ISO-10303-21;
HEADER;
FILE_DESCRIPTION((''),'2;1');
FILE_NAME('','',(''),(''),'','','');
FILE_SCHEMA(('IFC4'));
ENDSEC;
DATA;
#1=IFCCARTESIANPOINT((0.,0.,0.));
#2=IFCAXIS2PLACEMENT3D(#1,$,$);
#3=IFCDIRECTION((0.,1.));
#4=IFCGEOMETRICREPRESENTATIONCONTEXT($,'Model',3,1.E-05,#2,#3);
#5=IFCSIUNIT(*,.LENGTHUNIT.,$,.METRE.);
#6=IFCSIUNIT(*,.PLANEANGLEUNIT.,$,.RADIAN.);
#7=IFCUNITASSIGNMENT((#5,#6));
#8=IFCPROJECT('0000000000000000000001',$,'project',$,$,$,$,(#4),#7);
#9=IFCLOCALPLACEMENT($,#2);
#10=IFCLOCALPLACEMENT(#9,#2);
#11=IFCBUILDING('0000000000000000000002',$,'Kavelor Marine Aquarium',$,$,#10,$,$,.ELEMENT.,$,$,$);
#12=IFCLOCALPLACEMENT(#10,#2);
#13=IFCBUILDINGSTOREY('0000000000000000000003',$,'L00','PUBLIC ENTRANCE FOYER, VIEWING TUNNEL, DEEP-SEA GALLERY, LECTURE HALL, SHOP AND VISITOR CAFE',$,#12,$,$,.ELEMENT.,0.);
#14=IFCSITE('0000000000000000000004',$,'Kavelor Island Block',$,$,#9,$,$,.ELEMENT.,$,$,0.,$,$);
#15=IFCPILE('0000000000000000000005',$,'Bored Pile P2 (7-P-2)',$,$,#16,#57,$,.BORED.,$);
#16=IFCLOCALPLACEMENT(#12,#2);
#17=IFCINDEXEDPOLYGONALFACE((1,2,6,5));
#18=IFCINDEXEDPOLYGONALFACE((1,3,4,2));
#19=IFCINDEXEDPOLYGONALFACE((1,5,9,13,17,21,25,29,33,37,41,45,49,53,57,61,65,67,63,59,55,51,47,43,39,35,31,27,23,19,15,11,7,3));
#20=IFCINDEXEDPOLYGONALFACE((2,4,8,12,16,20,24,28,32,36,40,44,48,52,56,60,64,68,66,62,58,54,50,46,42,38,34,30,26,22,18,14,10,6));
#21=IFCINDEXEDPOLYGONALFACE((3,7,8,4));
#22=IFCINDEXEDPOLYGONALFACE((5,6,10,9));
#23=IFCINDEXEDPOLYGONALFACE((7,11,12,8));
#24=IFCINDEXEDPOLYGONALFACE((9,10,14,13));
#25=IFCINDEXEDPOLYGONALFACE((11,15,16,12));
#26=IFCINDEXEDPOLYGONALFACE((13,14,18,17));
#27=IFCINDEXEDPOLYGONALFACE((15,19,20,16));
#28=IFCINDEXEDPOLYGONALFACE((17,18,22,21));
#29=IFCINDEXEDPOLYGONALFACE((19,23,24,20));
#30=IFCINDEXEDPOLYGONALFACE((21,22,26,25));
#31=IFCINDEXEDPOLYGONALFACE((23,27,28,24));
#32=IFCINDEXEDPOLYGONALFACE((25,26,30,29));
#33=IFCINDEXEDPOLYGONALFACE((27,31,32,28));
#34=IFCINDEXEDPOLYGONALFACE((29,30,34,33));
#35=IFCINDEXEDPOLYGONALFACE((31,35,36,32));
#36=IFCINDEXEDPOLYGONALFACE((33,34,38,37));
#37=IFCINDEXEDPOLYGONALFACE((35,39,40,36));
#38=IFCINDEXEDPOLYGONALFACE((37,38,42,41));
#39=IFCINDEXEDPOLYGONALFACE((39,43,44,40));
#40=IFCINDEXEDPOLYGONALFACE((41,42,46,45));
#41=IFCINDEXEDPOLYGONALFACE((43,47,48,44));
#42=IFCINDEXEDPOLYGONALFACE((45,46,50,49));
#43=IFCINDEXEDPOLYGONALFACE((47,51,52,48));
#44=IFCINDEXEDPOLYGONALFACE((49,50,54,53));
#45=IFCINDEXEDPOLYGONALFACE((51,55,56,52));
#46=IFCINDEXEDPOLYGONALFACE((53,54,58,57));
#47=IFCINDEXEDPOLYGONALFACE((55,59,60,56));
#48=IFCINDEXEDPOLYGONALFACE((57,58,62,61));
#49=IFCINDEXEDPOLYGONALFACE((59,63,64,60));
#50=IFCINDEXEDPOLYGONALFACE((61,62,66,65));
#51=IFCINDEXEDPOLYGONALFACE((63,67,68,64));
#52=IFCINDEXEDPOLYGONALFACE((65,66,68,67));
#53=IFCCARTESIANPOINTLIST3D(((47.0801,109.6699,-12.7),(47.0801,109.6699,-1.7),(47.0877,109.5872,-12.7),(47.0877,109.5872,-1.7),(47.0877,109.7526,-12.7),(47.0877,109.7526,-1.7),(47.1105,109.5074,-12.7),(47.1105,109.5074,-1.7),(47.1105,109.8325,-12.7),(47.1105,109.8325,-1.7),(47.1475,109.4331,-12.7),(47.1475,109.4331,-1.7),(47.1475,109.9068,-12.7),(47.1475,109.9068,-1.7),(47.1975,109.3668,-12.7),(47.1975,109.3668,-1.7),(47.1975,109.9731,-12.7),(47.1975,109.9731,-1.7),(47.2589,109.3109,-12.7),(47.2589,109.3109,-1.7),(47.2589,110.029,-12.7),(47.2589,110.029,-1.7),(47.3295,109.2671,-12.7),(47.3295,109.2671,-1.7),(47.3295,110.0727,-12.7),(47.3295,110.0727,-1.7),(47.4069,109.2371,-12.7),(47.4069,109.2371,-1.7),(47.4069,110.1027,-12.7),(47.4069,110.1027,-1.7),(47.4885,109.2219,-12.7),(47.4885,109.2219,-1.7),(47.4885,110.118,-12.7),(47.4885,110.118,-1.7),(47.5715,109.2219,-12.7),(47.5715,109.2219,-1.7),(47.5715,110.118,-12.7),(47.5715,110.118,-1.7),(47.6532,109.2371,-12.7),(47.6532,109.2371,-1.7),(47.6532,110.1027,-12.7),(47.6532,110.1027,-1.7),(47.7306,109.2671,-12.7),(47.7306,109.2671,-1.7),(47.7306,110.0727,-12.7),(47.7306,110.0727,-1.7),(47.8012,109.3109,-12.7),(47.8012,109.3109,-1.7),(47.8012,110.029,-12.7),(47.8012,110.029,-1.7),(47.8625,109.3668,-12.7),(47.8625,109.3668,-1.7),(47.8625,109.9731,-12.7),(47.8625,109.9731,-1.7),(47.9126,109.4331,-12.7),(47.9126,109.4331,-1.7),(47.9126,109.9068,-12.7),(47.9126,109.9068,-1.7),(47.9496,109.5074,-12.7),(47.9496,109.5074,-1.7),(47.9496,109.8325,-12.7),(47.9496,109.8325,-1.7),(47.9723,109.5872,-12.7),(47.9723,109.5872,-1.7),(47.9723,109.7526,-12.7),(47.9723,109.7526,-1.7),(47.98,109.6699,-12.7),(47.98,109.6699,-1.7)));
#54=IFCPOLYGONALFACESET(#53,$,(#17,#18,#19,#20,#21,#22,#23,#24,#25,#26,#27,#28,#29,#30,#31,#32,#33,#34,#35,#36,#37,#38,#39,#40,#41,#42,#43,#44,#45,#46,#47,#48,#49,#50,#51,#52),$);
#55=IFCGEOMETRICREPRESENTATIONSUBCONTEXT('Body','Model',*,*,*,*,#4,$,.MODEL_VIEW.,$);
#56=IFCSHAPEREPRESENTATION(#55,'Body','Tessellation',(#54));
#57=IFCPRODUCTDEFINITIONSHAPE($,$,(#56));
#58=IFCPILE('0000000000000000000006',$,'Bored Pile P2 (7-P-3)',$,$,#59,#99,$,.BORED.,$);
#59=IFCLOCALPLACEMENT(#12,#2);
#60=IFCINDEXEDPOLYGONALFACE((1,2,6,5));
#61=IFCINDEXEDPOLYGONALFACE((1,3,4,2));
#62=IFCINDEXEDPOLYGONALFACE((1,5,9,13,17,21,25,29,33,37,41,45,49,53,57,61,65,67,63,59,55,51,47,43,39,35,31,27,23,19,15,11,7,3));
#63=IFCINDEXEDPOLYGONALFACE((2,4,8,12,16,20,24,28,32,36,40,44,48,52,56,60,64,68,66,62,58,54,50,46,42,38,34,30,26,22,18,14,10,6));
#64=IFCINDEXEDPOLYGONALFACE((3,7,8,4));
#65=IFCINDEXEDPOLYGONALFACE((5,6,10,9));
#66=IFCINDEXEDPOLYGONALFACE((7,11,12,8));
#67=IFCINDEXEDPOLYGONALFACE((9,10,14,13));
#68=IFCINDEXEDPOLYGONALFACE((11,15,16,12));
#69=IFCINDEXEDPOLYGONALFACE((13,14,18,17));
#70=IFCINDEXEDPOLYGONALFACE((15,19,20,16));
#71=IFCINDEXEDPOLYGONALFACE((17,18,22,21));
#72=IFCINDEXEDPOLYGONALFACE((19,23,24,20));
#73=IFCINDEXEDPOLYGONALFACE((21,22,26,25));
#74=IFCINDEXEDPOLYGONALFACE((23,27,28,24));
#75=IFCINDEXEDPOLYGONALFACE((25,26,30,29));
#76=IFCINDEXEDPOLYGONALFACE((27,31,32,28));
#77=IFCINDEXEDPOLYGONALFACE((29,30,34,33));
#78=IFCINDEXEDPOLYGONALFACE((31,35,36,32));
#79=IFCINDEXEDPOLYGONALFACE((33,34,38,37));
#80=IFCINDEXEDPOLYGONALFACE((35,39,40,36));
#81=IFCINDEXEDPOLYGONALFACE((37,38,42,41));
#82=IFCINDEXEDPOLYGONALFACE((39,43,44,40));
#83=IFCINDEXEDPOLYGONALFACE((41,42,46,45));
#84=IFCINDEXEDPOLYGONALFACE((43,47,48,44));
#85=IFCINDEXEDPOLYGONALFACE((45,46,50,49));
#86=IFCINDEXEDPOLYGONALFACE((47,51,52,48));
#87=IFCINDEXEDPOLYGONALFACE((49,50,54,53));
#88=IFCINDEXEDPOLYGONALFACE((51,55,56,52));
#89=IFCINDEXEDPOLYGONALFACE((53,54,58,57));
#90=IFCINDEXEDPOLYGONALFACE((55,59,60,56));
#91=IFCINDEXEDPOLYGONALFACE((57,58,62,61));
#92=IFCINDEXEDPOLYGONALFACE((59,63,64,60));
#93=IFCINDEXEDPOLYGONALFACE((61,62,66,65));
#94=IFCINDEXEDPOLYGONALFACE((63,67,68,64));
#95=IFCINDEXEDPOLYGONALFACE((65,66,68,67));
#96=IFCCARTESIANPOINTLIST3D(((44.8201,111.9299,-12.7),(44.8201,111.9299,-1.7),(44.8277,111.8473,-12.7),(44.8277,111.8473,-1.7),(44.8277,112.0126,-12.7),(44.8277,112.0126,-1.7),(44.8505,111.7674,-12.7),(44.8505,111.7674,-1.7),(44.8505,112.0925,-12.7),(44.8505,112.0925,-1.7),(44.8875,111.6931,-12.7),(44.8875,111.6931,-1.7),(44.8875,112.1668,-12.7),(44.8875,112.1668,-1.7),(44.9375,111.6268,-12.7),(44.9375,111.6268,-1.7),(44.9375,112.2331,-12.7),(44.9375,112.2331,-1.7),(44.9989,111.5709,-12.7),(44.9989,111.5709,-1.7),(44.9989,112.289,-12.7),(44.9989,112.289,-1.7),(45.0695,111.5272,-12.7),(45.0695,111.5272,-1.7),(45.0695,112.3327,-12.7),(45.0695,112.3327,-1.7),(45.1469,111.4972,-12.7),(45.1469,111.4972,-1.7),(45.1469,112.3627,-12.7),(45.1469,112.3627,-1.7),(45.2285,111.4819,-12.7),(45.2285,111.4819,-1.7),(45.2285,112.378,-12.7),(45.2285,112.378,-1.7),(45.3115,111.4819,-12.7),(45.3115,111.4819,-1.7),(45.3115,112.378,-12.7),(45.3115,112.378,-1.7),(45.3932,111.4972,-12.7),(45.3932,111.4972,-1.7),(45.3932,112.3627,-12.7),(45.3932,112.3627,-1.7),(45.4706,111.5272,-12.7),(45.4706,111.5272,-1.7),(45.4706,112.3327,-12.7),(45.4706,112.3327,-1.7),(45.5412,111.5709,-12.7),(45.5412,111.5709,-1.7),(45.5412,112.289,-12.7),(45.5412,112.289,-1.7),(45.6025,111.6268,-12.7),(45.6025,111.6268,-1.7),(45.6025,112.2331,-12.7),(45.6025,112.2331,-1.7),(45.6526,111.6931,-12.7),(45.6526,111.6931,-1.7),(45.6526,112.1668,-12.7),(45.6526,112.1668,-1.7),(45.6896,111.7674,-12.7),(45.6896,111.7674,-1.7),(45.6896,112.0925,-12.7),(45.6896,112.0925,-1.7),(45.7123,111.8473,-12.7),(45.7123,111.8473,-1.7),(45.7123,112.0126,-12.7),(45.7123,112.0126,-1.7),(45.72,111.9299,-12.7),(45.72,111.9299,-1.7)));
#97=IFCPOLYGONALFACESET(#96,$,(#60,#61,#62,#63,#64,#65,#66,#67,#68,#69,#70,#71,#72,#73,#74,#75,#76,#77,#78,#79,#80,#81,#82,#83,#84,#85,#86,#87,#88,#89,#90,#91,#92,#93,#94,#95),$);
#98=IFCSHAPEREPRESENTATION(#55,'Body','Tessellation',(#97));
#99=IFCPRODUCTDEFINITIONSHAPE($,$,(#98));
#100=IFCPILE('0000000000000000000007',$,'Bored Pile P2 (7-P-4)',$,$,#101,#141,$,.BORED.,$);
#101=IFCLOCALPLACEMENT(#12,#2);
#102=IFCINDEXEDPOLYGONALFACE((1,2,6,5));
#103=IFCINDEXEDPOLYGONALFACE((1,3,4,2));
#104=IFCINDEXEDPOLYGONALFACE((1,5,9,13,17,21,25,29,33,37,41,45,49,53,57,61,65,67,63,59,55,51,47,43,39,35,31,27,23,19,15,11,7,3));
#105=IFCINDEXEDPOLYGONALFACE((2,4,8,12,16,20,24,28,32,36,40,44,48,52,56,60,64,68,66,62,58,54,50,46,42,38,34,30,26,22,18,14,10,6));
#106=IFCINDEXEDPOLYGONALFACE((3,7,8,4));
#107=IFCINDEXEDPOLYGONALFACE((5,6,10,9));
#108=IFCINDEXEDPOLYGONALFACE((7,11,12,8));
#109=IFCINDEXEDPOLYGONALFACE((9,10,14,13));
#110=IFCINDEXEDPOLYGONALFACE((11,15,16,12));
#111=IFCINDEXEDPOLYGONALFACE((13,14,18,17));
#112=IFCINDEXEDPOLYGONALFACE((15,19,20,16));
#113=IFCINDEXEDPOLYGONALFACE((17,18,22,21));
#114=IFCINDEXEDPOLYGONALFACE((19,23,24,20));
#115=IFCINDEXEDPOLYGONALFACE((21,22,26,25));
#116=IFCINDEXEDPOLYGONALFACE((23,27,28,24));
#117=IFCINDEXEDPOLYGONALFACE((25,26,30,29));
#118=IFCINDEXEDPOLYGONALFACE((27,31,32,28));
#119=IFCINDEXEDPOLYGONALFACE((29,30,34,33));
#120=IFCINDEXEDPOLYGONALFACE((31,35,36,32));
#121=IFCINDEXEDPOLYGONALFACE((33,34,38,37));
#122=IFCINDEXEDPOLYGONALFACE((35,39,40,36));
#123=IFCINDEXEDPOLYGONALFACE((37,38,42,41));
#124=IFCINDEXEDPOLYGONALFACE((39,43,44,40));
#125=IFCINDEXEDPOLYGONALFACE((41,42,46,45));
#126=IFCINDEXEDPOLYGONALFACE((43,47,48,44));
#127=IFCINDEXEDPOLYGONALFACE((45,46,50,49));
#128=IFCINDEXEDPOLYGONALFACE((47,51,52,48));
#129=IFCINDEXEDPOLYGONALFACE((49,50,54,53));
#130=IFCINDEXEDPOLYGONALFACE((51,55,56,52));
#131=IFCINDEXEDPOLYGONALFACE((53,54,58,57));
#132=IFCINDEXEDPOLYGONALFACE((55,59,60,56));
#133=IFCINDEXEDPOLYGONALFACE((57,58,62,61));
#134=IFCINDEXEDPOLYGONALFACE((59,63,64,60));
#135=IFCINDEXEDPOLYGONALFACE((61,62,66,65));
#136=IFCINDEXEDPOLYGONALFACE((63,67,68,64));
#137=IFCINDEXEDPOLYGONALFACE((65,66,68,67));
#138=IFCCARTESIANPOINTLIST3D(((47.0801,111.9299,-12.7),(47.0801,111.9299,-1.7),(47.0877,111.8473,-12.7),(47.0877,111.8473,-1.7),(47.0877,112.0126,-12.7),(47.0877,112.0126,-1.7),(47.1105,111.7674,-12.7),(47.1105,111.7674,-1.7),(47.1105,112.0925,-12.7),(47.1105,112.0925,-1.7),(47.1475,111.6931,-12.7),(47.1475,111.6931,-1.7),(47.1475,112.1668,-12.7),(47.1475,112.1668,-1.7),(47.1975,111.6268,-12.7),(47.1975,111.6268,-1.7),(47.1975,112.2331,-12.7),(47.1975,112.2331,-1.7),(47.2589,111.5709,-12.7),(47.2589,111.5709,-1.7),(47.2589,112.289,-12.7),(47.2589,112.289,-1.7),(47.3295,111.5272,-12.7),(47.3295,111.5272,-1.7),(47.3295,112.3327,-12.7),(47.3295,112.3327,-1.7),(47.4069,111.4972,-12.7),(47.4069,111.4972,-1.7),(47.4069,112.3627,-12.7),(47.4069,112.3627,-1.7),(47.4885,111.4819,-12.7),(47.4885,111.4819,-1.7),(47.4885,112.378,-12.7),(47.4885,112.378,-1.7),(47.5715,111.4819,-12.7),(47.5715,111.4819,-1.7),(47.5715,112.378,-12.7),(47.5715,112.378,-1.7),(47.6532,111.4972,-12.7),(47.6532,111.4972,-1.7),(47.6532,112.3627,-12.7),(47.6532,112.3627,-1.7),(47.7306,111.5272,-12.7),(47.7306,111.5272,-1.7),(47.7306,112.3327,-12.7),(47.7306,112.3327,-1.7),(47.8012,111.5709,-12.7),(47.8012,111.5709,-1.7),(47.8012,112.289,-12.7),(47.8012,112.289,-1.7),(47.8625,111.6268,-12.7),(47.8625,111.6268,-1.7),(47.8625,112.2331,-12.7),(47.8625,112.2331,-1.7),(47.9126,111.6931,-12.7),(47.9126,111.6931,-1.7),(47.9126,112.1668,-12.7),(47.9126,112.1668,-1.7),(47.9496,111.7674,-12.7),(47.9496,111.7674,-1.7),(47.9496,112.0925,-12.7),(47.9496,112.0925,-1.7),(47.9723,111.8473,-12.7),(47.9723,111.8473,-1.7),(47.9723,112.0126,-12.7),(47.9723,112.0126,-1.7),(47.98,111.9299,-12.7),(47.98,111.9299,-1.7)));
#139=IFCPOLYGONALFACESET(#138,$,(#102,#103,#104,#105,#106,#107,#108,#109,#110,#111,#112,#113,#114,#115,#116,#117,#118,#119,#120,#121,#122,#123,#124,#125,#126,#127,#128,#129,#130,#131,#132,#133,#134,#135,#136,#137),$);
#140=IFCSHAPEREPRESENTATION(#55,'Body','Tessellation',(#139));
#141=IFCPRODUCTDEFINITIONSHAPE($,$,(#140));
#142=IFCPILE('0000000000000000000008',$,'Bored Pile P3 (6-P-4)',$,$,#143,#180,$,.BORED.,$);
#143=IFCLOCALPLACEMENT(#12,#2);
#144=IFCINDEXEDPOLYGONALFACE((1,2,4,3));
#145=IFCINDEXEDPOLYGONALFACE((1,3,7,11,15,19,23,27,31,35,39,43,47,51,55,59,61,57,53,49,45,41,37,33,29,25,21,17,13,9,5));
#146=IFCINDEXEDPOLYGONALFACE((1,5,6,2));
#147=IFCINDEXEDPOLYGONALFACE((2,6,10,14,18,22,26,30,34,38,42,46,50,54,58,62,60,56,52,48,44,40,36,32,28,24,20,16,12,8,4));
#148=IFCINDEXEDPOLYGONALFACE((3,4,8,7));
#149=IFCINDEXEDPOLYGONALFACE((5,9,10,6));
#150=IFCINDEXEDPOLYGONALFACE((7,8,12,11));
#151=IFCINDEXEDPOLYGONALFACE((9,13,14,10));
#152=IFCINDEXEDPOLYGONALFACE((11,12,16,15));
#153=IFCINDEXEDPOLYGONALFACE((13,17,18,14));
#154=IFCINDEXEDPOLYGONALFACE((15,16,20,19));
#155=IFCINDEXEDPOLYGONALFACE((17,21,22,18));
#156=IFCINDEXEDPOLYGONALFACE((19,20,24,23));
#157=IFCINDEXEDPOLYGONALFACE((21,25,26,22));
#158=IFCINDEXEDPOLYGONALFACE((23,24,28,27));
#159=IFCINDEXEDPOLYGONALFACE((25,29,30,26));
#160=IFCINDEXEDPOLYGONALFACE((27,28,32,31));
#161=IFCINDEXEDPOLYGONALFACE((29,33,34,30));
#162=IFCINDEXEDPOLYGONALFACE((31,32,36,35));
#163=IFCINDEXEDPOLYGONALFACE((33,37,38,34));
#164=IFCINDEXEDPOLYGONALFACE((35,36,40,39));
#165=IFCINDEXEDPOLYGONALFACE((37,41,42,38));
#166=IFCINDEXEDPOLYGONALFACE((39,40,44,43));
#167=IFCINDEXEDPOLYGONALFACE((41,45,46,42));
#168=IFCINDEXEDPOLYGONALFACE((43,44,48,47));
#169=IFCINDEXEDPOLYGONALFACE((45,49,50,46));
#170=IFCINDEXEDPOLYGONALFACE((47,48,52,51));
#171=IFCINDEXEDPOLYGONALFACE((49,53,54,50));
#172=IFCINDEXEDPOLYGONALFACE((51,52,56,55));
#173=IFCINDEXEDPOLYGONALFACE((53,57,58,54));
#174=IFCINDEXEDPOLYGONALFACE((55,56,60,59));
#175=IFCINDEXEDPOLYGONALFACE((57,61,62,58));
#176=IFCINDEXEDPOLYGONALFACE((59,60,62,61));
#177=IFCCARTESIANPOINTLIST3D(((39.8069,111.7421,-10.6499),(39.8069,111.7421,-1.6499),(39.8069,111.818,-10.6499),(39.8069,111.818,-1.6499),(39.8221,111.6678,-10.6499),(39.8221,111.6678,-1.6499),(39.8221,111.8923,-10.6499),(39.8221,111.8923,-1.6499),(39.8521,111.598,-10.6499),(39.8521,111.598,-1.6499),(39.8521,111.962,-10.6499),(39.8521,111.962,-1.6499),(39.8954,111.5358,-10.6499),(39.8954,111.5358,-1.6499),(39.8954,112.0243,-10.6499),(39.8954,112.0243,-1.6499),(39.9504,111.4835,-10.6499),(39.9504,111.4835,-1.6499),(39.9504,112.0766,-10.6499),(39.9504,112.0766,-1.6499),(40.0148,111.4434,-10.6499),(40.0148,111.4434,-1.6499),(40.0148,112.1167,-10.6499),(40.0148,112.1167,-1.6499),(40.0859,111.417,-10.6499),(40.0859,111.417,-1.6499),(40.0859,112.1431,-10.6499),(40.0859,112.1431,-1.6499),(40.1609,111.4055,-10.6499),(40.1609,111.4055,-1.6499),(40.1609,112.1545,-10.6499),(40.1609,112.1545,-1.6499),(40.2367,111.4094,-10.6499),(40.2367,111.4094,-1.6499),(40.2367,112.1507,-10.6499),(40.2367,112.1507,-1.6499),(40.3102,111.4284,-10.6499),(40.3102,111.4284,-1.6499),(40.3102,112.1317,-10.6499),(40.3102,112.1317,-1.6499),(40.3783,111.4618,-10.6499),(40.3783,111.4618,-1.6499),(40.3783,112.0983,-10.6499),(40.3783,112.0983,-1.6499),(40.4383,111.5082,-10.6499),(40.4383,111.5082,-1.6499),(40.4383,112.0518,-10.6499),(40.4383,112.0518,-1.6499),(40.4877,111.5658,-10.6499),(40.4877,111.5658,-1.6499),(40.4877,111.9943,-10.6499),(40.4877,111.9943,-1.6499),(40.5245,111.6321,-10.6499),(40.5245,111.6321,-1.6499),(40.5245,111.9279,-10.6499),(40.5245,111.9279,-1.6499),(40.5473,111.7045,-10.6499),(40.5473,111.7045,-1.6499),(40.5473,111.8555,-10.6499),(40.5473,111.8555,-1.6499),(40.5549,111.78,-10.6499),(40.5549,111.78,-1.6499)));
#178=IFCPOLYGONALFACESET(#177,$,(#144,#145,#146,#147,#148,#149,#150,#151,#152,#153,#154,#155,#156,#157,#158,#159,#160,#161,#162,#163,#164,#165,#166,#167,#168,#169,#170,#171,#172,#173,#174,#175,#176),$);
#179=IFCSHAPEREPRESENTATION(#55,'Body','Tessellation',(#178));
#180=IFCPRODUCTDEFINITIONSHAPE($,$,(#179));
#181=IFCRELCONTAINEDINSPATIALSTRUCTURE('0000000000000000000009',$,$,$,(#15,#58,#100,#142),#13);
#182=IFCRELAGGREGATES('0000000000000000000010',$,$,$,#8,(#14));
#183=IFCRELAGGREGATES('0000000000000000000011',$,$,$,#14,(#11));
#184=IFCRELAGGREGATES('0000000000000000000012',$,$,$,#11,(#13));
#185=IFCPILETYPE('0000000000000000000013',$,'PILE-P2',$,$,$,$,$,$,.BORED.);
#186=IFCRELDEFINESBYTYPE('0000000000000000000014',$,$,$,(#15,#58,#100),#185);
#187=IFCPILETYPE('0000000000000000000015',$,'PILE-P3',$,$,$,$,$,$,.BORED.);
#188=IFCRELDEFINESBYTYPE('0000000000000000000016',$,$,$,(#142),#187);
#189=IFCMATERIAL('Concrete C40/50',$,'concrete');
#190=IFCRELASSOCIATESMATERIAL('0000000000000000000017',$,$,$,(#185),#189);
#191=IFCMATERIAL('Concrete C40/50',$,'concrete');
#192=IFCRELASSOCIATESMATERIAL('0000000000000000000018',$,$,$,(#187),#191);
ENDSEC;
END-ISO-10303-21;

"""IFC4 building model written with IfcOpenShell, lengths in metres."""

from ifc_helpers import new_model, si_unit, direction, frame, origin, origin_2d, place, context, subcontext, project, spatial, circle, extrude, material, material_profile, profile_set, type_object, element, save


model = new_model("IFC4")

# Units and contexts
model_context = context("Model", 3, precision=1e-05, world=origin(), true_north=direction((0.0, 1.0)))
body_context = subcontext(model_context, "Body", "Model", "MODEL_VIEW")
ifc_project = project(units=[si_unit("LENGTHUNIT", "METRE"), si_unit("PLANEANGLEUNIT", "RADIAN")], contexts=[model_context])

# Site, building, storey
site_placement = place(None, origin())
site = spatial("IfcSite", under=ifc_project, at=site_placement, Name="Kavelor Island Block", CompositionType="ELEMENT", RefElevation=0.0)
building_placement = place(site_placement, origin())
building = spatial("IfcBuilding", under=site, at=building_placement, Name="Kavelor Marine Aquarium", CompositionType="ELEMENT")
storey_placement = place(building_placement, origin())
storey = spatial("IfcBuildingStorey", under=building, at=storey_placement, Name="L00", Description="PUBLIC ENTRANCE FOYER, VIEWING TUNNEL, DEEP-SEA GALLERY, LECTURE HALL, SHOP AND VISITOR CAFE", CompositionType="ELEMENT", Elevation=0.0)

# Piles
ifc_material_1 = material(Name="Concrete C40/50", Category="concrete")
ifc_material_profile_1 = material_profile(ifc_material_1, circle(Radius=0.45, at=origin_2d()), Name="PILE D900")
ifc_profile_set_1 = profile_set([ifc_material_profile_1], Name="Concrete C40/50")
pile_type_1 = type_object("IfcPileType", Name="PILE-P2", PredefinedType="BORED", material=ifc_profile_set_1)
for number, where, z_axis, x_axis, name in (
    (1, (47.53, 109.6699, -1.7), (0.0, 0.0, -1.0), (1.0, 0.0, 0.0), "Bored Pile P2 (7-P-2)"),
    (2, (45.27, 111.9299, -1.7), (0.0, 0.0, -1.0), (1.0, 0.0, 0.0), "Bored Pile P2 (7-P-3)"),
    (3, (47.53, 111.9299, -1.7), (0.0, 0.0, -1.0), (1.0, 0.0, 0.0), "Bored Pile P2 (7-P-4)"),
):
    element("IfcPile", number, at=place(storey_placement, frame(where, z_axis=z_axis, x_axis=x_axis)), inside=storey, type_object=pile_type_1, Name=name, PredefinedType="BORED", context=body_context, shape_type="SweptSolid", body=[
        extrude(circle(Radius=0.45, at=origin_2d()), origin(), (0.0, 0.0, 1.0), 11.0),
    ])
ifc_material_2 = material(Name="Concrete C40/50", Category="concrete")
ifc_material_profile_2 = material_profile(ifc_material_2, circle(Radius=0.375, at=origin_2d()), Name="PILE D750")
ifc_profile_set_2 = profile_set([ifc_material_profile_2], Name="Concrete C40/50")
pile_type_2 = type_object("IfcPileType", Name="PILE-P3", PredefinedType="BORED", material=ifc_profile_set_2)
for number, where, z_axis, x_axis, name in (
    (4, (40.1799, 111.78, -1.6499), (0.0, 0.0, -1.0), (1.0, 0.0, 0.0), "Bored Pile P3 (6-P-4)"),
):
    element("IfcPile", number, at=place(storey_placement, frame(where, z_axis=z_axis, x_axis=x_axis)), inside=storey, type_object=pile_type_2, Name=name, PredefinedType="BORED", context=body_context, shape_type="SweptSolid", body=[
        extrude(circle(Radius=0.375, at=origin_2d()), origin(), (0.0, 0.0, 1.0), 9.0),
    ])

save(model, "model.ifc")
